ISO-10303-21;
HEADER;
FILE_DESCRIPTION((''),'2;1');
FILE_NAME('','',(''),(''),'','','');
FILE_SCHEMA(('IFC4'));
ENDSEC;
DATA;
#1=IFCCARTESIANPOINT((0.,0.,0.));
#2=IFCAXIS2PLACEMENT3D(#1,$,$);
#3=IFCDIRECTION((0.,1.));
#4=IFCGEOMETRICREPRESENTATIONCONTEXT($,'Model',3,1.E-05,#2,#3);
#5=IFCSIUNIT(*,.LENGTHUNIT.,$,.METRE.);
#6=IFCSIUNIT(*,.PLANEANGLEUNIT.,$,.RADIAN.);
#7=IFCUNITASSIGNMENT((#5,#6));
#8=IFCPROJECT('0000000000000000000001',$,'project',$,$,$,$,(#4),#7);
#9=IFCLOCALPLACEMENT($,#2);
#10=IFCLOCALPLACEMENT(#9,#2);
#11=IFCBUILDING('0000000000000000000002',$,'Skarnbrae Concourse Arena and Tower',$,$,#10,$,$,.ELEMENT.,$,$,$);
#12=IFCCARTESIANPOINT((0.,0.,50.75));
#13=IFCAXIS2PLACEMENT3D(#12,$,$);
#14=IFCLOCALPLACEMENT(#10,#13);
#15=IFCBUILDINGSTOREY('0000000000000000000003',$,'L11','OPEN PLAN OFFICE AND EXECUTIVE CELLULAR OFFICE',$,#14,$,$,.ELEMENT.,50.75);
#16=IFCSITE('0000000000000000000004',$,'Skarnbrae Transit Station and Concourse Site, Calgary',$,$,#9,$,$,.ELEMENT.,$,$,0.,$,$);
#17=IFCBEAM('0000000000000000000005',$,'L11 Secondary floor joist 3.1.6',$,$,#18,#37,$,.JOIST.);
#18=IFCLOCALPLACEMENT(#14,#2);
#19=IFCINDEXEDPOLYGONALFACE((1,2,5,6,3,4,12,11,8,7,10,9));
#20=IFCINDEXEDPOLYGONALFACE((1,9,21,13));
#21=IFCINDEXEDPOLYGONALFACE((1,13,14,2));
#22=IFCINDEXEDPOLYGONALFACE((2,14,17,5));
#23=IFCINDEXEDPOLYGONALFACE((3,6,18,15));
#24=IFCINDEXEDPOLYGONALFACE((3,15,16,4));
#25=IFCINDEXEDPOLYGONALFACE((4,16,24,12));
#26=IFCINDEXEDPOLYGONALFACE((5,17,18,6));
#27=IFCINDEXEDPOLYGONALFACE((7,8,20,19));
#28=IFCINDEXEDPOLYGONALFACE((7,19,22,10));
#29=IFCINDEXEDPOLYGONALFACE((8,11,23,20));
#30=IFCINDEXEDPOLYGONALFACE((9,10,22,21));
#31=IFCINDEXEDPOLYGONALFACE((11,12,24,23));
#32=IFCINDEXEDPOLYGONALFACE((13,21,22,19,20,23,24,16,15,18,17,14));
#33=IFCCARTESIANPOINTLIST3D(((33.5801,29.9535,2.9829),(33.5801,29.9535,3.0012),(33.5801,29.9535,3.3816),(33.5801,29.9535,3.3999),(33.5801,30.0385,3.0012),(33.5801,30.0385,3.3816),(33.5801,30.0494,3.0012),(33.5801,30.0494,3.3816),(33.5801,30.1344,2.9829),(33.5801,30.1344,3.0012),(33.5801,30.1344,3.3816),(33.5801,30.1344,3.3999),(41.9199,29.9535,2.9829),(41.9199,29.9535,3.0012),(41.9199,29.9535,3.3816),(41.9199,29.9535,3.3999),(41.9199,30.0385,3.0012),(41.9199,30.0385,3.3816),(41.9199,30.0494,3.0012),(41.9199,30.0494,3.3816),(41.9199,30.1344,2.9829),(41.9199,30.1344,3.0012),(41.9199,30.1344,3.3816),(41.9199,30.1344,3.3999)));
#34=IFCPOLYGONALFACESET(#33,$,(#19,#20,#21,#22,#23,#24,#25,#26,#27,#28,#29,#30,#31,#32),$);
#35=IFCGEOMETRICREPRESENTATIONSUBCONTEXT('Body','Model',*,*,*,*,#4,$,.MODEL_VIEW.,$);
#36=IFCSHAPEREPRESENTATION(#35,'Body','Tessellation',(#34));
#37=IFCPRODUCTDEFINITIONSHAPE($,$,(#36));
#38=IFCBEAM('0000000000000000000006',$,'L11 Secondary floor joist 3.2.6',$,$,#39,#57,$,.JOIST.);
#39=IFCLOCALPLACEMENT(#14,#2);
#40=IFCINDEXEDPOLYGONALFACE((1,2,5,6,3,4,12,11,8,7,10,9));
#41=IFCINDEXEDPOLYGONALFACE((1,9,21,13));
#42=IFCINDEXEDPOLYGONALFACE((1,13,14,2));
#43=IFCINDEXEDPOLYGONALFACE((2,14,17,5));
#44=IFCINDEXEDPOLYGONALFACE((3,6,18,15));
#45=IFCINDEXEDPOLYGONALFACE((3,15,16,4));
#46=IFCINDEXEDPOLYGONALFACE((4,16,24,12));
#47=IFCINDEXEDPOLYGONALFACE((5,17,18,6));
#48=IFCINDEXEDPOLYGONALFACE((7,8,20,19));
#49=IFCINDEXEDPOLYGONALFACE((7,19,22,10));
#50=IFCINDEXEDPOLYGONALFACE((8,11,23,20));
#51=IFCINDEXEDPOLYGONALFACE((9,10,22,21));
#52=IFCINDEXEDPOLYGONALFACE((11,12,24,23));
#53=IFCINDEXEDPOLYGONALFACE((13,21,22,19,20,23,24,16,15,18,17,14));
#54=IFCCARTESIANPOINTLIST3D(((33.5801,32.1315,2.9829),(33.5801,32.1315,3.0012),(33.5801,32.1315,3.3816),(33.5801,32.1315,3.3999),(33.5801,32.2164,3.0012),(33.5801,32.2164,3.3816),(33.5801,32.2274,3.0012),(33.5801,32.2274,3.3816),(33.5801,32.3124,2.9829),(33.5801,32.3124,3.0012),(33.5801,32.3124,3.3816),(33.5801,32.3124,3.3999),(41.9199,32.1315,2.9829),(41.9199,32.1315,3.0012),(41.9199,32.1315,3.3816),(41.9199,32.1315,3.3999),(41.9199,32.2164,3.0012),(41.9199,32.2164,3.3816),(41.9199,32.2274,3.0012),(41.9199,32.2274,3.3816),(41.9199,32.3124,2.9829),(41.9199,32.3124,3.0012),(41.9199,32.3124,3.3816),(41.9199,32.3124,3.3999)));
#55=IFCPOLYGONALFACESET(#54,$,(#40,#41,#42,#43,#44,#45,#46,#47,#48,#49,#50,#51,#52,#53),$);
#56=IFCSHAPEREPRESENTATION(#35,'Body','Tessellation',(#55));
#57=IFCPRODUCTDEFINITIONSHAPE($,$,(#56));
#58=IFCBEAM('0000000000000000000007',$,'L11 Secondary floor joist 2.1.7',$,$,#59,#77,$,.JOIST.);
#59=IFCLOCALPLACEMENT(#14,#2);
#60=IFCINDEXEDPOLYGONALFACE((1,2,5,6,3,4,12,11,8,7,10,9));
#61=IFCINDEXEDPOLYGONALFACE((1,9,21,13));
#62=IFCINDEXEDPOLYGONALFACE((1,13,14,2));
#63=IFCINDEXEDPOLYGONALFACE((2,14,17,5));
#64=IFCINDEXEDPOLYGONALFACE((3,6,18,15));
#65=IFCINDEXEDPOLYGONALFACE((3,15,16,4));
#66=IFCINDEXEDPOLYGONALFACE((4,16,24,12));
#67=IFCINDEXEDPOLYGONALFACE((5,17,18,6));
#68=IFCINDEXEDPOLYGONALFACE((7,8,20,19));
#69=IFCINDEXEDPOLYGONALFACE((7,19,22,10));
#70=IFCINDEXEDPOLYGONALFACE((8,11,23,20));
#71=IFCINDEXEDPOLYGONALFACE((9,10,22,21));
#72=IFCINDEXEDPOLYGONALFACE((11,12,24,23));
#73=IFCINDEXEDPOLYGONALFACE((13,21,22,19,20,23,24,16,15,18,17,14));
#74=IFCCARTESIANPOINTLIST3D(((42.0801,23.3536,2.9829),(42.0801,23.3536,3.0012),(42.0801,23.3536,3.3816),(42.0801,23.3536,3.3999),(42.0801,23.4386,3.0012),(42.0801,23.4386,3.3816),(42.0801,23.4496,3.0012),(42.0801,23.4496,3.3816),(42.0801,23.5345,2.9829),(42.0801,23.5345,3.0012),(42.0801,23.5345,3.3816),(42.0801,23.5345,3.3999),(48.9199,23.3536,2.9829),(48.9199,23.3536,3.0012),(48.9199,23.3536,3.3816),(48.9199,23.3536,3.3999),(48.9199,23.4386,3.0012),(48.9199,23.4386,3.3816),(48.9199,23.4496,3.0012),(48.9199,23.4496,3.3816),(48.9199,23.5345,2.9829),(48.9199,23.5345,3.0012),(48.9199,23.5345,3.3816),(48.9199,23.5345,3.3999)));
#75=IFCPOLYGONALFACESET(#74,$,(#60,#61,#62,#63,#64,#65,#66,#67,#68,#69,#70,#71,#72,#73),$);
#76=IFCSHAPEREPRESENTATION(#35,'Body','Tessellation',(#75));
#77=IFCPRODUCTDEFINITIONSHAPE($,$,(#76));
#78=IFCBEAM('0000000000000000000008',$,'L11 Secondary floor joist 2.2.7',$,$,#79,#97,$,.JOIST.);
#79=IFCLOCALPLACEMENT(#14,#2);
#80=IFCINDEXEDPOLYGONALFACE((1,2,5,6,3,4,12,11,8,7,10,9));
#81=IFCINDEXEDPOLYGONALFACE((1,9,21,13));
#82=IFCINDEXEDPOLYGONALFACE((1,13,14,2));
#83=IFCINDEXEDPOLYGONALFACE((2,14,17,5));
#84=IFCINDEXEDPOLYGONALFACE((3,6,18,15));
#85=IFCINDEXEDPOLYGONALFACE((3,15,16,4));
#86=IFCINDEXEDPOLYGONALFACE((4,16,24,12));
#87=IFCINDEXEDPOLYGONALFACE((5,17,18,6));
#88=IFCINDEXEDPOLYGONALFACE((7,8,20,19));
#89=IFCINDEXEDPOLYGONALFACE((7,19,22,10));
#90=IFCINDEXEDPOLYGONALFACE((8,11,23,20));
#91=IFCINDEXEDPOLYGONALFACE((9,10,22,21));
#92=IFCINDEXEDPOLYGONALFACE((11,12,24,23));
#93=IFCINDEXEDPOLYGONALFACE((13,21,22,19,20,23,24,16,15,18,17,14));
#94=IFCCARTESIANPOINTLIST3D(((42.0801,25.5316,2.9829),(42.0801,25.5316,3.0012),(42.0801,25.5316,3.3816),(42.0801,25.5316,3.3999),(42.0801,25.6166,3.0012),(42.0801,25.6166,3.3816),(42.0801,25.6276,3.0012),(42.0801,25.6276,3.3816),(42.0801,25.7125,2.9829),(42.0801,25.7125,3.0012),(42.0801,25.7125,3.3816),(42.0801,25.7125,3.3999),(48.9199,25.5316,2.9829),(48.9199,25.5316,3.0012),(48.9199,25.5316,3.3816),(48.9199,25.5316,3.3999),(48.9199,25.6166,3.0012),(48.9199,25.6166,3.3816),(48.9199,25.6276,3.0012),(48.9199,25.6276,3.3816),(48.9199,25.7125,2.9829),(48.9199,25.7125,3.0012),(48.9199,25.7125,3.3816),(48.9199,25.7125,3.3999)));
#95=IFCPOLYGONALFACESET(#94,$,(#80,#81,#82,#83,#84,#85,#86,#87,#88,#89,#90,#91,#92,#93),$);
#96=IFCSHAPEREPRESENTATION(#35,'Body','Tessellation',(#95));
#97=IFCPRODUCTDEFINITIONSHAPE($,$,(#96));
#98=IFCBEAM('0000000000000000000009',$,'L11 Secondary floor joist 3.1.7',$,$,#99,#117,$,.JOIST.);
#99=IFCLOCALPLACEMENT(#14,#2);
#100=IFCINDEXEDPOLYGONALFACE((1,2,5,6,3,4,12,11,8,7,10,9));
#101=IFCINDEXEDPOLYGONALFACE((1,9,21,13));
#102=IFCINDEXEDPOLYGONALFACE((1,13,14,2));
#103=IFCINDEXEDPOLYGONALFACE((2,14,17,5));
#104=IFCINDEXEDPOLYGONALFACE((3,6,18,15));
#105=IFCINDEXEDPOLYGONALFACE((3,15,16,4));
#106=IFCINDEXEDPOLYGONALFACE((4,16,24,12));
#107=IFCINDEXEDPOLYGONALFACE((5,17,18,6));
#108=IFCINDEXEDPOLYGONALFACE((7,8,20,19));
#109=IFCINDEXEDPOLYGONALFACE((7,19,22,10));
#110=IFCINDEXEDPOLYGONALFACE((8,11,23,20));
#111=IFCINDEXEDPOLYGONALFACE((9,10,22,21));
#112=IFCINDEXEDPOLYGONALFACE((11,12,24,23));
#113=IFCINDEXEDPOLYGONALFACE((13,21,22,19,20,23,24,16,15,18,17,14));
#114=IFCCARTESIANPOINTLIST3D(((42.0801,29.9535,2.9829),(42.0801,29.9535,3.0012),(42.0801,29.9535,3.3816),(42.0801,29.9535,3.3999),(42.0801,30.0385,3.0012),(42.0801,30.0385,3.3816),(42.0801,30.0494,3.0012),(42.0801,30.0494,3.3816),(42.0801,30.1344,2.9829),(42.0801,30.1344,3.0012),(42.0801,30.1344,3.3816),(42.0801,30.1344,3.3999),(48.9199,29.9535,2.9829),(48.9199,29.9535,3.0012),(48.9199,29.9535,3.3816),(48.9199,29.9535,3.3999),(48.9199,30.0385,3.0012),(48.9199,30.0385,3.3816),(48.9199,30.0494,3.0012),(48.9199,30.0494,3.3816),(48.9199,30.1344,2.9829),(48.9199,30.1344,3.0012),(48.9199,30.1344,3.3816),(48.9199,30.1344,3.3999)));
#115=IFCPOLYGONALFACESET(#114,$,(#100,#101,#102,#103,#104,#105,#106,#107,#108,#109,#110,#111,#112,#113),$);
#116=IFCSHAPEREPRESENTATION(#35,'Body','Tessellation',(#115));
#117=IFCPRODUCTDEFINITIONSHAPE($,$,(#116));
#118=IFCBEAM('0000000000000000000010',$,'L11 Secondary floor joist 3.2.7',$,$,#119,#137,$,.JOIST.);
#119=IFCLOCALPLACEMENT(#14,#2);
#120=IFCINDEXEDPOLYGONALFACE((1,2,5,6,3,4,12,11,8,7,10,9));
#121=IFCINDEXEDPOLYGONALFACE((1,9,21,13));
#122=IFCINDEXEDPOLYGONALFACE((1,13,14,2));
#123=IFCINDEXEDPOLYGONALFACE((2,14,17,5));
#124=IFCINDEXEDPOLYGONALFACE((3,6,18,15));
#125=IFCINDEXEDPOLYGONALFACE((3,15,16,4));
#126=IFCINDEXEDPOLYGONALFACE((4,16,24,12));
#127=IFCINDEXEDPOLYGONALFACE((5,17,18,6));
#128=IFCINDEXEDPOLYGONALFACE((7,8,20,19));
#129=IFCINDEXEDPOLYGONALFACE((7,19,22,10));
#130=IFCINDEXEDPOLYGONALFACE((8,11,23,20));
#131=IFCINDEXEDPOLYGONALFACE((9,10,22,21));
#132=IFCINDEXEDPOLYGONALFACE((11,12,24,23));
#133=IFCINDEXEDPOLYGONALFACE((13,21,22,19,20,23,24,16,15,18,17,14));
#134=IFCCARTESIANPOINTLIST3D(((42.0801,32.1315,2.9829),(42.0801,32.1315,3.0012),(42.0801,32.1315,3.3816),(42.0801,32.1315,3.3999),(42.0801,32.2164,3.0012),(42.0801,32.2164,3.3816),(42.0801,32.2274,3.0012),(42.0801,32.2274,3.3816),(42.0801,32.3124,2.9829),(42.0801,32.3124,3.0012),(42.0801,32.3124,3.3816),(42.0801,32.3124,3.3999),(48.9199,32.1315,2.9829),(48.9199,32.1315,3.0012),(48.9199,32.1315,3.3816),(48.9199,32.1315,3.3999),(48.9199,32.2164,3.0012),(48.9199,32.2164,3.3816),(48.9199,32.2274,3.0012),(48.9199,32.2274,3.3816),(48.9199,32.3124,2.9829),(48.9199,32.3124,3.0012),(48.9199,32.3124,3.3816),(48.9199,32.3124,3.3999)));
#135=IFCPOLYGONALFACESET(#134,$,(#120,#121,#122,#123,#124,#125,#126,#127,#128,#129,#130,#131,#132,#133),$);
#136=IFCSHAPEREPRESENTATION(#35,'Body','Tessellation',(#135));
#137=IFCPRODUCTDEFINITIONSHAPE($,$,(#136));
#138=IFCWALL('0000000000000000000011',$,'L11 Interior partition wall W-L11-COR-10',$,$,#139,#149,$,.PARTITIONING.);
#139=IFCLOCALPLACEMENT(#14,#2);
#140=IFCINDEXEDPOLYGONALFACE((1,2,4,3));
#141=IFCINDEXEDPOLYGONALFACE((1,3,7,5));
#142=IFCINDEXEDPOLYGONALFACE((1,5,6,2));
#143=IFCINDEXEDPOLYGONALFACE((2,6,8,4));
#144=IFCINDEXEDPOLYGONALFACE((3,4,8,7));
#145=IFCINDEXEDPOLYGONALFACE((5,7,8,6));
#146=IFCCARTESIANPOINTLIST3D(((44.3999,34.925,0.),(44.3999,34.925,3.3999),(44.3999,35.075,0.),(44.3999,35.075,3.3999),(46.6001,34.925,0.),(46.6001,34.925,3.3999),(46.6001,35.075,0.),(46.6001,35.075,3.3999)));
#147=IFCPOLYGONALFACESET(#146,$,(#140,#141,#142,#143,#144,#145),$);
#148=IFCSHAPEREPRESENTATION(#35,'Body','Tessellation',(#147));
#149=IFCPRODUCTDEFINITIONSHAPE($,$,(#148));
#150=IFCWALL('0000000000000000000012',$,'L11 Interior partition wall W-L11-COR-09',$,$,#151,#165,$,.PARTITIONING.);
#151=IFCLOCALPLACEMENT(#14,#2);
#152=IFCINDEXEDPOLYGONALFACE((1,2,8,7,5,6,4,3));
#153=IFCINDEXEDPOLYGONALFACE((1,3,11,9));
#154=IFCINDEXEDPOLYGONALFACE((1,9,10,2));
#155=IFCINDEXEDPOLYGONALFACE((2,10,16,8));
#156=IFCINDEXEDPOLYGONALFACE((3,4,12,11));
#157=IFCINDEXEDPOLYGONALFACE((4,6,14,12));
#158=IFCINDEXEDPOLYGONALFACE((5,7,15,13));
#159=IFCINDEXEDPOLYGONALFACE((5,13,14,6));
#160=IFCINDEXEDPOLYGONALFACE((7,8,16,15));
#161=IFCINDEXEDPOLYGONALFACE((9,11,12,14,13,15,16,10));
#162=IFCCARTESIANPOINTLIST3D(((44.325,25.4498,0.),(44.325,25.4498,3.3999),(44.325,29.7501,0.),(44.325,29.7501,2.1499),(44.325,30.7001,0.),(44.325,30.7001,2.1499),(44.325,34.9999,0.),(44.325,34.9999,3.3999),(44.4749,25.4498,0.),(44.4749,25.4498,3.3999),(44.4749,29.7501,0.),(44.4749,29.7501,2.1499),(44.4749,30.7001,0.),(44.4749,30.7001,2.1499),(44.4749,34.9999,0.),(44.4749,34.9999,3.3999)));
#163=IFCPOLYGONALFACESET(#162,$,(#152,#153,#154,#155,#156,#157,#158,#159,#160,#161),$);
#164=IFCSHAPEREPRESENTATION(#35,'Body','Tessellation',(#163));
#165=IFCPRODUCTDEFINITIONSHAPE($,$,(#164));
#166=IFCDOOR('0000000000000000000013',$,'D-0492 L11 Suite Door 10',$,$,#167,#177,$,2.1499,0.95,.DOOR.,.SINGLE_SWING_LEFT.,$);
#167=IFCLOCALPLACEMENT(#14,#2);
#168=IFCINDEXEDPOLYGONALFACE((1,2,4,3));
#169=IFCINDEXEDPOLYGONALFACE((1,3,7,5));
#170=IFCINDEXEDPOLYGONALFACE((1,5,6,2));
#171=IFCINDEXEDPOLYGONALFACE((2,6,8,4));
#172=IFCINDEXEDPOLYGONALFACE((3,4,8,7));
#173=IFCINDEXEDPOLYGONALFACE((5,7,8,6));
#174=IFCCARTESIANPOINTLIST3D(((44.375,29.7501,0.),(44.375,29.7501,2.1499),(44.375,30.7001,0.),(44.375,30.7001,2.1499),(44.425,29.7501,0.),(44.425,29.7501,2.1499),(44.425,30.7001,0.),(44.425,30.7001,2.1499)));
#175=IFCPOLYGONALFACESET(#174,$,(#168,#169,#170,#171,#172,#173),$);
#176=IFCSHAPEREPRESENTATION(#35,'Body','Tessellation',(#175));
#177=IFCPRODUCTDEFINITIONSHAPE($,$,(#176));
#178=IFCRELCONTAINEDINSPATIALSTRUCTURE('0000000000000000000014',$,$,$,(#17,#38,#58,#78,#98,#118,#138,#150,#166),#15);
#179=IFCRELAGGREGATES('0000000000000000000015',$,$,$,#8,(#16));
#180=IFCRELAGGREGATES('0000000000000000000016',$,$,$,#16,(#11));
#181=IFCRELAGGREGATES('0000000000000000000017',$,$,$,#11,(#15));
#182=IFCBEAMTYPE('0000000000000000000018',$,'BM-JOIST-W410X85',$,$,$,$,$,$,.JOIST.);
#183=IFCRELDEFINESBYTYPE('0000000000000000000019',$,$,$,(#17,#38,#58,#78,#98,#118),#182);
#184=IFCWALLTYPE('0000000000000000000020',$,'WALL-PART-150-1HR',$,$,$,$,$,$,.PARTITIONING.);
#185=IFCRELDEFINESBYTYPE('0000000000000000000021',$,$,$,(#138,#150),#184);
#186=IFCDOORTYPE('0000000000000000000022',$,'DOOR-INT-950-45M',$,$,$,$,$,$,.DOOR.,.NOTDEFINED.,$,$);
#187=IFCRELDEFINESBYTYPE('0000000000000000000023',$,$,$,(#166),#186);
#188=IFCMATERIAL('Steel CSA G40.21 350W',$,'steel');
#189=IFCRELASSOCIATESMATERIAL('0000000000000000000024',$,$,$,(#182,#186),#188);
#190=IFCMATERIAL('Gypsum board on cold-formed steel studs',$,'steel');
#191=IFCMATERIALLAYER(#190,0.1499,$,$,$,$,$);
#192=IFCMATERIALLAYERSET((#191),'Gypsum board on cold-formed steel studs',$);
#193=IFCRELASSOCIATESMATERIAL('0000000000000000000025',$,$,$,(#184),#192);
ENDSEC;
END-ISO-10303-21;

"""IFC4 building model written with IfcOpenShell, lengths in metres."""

from ifc_helpers import new_model, si_unit, direction, frame, frame_2d, origin, origin_2d, place, context, subcontext, project, spatial, rectangle, i_section, extrude, source, transform, mapped, material, layer, layer_set, material_profile, profile_set, type_object, element, fill, save


model = new_model("IFC4")

# Units and contexts
model_context = context("Model", 3, precision=1e-05, world=origin(), true_north=direction((0.0, 1.0)))
body_context = subcontext(model_context, "Body", "Model", "MODEL_VIEW")
ifc_project = project(units=[si_unit("LENGTHUNIT", "METRE"), si_unit("PLANEANGLEUNIT", "RADIAN")], contexts=[model_context])

# Site, building, storey
site_placement = place(None, origin())
site = spatial("IfcSite", under=ifc_project, at=site_placement, Name="Skarnbrae Transit Station and Concourse Site, Calgary", CompositionType="ELEMENT", RefElevation=0.0)
building_placement = place(site_placement, origin())
building = spatial("IfcBuilding", under=site, at=building_placement, Name="Skarnbrae Concourse Arena and Tower", CompositionType="ELEMENT")
storey_placement = place(building_placement, frame((0.0, 0.0, 50.75)))
storey = spatial("IfcBuildingStorey", under=building, at=storey_placement, Name="L11", Description="OPEN PLAN OFFICE AND EXECUTIVE CELLULAR OFFICE", CompositionType="ELEMENT", Elevation=50.75)

# Shared definitions
ifc_material_1 = material(Name="Steel CSA G40.21 350W", Category="steel")

# Beams
ifc_material_profile_1 = material_profile(ifc_material_1, i_section(OverallWidth=0.1809, OverallDepth=0.417, WebThickness=0.011, FlangeThickness=0.0183, at=origin_2d()), Name="W410X85")
ifc_profile_set_1 = profile_set([ifc_material_profile_1], Name="Steel CSA G40.21 350W")
beam_type_1 = type_object("IfcBeamType", Name="BM-JOIST-W410X85", PredefinedType="JOIST", material=ifc_profile_set_1)
shared_shape_1 = source(origin(), body_context, "Body", "SweptSolid", [
    extrude(i_section(OverallWidth=0.1809, OverallDepth=0.417, WebThickness=0.011, FlangeThickness=0.0183, at=origin_2d()), origin(), (0.0, 0.0, 1.0), 8.3398),
])
for number, where, z_axis, x_axis, name in (
    (1, (33.5801, 30.0439, 3.1914), (1.0, 0.0, 0.0), (0.0, 1.0, 0.0), "L11 Secondary floor joist 3.1.6"),
    (2, (33.5801, 32.2219, 3.1914), (1.0, 0.0, 0.0), (0.0, 1.0, 0.0), "L11 Secondary floor joist 3.2.6"),
):
    element("IfcBeam", number, at=place(storey_placement, frame(where, z_axis=z_axis, x_axis=x_axis)), inside=storey, type_object=beam_type_1, Name=name, PredefinedType="JOIST", context=body_context, shape_type="MappedRepresentation", body=[
        mapped(shared_shape_1, transform((0.0, 0.0, 0.0))),
    ])
shared_shape_2 = source(origin(), body_context, "Body", "SweptSolid", [
    extrude(i_section(OverallWidth=0.1809, OverallDepth=0.417, WebThickness=0.011, FlangeThickness=0.0183, at=origin_2d()), origin(), (0.0, 0.0, 1.0), 6.8398),
])
for number, where, z_axis, x_axis, name in (
    (3, (42.0801, 23.4441, 3.1914), (1.0, 0.0, 0.0), (0.0, 1.0, 0.0), "L11 Secondary floor joist 2.1.7"),
    (4, (42.0801, 25.6221, 3.1914), (1.0, 0.0, 0.0), (0.0, 1.0, 0.0), "L11 Secondary floor joist 2.2.7"),
    (5, (42.0801, 30.0439, 3.1914), (1.0, 0.0, 0.0), (0.0, 1.0, 0.0), "L11 Secondary floor joist 3.1.7"),
    (6, (42.0801, 32.2219, 3.1914), (1.0, 0.0, 0.0), (0.0, 1.0, 0.0), "L11 Secondary floor joist 3.2.7"),
):
    element("IfcBeam", number, at=place(storey_placement, frame(where, z_axis=z_axis, x_axis=x_axis)), inside=storey, type_object=beam_type_1, Name=name, PredefinedType="JOIST", context=body_context, shape_type="MappedRepresentation", body=[
        mapped(shared_shape_2, transform((0.0, 0.0, 0.0))),
    ])

# Wall
ifc_material_2 = material(Name="Gypsum board on cold-formed steel studs", Category="steel")
ifc_layer = layer(ifc_material_2, 0.1499)
ifc_layer_set = layer_set([ifc_layer], Name="Gypsum board on cold-formed steel studs")
wall_type = type_object("IfcWallType", Name="WALL-PART-150-1HR", PredefinedType="PARTITIONING", material=ifc_layer_set)
shared_shape_3 = source(origin(), body_context, "Body", "SweptSolid", [
    extrude(rectangle(XDim=2.2002, YDim=0.1499, at=frame_2d((1.1001, 0.0))), origin(), (0.0, 0.0, 1.0), 3.3999),
])
wall_1_placement = place(storey_placement, frame((44.3999, 35.0, 0.0), z_axis=(0.0, 0.0, 1.0), x_axis=(1.0, 0.0, 0.0)))
element("IfcWall", 7, at=wall_1_placement, inside=storey, type_object=wall_type, Name="L11 Interior partition wall W-L11-COR-10", PredefinedType="PARTITIONING", context=body_context, shape_type="MappedRepresentation", body=[
    mapped(shared_shape_3, transform((0.0, 0.0, 0.0))),
])

# Wall, opening, door
shared_shape_4 = source(origin(), body_context, "Body", "SweptSolid", [
    extrude(rectangle(XDim=9.55, YDim=0.1499, at=frame_2d((4.7749, 0.0))), origin(), (0.0, 0.0, 1.0), 3.3999),
])
wall_2_placement = place(storey_placement, frame((44.3999, 25.45, 0.0), z_axis=(0.0, 0.0, 1.0), x_axis=(0.0, 1.0, 0.0)))
wall_2 = element("IfcWall", 8, at=wall_2_placement, inside=storey, type_object=wall_type, Name="L11 Interior partition wall W-L11-COR-09", PredefinedType="PARTITIONING", context=body_context, shape_type="MappedRepresentation", body=[
    mapped(shared_shape_4, transform((0.0, 0.0, 0.0))),
])
opening_placement = place(wall_2_placement, frame((4.3, 0.0, 0.0)))
opening = element("IfcOpeningElement", 9, at=opening_placement, cuts=wall_2, PredefinedType="OPENING", context=body_context, shape_type="SweptSolid", body=[
    extrude(rectangle(XDim=0.95, YDim=2.1499, at=frame_2d((0.4751, 1.075))), frame((0.0, 0.085, 0.0), z_axis=(0.0, -1.0, 0.0), x_axis=(1.0, 0.0, 0.0)), (0.0, 0.0, 1.0), 0.1699),
])
door_type = type_object("IfcDoorType", Name="DOOR-INT-950-45M", OperationType="NOTDEFINED", PredefinedType="DOOR", material=ifc_material_1)
shared_shape_5 = source(origin(), body_context, "Body", "SweptSolid", [
    extrude(rectangle(XDim=0.95, YDim=2.1499, at=frame_2d((0.4751, 1.075))), frame((0.0, 0.0249, 0.0), z_axis=(0.0, -1.0, 0.0), x_axis=(1.0, 0.0, 0.0)), (0.0, 0.0, 1.0), 0.05),
])
door_placement = place(opening_placement, origin())
door = element("IfcDoor", 10, at=door_placement, inside=storey, type_object=door_type, Name="D-0492 L11 Suite Door 10", OperationType="SINGLE_SWING_LEFT", OverallHeight=2.1499, OverallWidth=0.95, PredefinedType="DOOR", context=body_context, shape_type="MappedRepresentation", body=[
    mapped(shared_shape_5, transform((0.0, 0.0, 0.0))),
])
fill(opening, door)

save(model, "model.ifc")
